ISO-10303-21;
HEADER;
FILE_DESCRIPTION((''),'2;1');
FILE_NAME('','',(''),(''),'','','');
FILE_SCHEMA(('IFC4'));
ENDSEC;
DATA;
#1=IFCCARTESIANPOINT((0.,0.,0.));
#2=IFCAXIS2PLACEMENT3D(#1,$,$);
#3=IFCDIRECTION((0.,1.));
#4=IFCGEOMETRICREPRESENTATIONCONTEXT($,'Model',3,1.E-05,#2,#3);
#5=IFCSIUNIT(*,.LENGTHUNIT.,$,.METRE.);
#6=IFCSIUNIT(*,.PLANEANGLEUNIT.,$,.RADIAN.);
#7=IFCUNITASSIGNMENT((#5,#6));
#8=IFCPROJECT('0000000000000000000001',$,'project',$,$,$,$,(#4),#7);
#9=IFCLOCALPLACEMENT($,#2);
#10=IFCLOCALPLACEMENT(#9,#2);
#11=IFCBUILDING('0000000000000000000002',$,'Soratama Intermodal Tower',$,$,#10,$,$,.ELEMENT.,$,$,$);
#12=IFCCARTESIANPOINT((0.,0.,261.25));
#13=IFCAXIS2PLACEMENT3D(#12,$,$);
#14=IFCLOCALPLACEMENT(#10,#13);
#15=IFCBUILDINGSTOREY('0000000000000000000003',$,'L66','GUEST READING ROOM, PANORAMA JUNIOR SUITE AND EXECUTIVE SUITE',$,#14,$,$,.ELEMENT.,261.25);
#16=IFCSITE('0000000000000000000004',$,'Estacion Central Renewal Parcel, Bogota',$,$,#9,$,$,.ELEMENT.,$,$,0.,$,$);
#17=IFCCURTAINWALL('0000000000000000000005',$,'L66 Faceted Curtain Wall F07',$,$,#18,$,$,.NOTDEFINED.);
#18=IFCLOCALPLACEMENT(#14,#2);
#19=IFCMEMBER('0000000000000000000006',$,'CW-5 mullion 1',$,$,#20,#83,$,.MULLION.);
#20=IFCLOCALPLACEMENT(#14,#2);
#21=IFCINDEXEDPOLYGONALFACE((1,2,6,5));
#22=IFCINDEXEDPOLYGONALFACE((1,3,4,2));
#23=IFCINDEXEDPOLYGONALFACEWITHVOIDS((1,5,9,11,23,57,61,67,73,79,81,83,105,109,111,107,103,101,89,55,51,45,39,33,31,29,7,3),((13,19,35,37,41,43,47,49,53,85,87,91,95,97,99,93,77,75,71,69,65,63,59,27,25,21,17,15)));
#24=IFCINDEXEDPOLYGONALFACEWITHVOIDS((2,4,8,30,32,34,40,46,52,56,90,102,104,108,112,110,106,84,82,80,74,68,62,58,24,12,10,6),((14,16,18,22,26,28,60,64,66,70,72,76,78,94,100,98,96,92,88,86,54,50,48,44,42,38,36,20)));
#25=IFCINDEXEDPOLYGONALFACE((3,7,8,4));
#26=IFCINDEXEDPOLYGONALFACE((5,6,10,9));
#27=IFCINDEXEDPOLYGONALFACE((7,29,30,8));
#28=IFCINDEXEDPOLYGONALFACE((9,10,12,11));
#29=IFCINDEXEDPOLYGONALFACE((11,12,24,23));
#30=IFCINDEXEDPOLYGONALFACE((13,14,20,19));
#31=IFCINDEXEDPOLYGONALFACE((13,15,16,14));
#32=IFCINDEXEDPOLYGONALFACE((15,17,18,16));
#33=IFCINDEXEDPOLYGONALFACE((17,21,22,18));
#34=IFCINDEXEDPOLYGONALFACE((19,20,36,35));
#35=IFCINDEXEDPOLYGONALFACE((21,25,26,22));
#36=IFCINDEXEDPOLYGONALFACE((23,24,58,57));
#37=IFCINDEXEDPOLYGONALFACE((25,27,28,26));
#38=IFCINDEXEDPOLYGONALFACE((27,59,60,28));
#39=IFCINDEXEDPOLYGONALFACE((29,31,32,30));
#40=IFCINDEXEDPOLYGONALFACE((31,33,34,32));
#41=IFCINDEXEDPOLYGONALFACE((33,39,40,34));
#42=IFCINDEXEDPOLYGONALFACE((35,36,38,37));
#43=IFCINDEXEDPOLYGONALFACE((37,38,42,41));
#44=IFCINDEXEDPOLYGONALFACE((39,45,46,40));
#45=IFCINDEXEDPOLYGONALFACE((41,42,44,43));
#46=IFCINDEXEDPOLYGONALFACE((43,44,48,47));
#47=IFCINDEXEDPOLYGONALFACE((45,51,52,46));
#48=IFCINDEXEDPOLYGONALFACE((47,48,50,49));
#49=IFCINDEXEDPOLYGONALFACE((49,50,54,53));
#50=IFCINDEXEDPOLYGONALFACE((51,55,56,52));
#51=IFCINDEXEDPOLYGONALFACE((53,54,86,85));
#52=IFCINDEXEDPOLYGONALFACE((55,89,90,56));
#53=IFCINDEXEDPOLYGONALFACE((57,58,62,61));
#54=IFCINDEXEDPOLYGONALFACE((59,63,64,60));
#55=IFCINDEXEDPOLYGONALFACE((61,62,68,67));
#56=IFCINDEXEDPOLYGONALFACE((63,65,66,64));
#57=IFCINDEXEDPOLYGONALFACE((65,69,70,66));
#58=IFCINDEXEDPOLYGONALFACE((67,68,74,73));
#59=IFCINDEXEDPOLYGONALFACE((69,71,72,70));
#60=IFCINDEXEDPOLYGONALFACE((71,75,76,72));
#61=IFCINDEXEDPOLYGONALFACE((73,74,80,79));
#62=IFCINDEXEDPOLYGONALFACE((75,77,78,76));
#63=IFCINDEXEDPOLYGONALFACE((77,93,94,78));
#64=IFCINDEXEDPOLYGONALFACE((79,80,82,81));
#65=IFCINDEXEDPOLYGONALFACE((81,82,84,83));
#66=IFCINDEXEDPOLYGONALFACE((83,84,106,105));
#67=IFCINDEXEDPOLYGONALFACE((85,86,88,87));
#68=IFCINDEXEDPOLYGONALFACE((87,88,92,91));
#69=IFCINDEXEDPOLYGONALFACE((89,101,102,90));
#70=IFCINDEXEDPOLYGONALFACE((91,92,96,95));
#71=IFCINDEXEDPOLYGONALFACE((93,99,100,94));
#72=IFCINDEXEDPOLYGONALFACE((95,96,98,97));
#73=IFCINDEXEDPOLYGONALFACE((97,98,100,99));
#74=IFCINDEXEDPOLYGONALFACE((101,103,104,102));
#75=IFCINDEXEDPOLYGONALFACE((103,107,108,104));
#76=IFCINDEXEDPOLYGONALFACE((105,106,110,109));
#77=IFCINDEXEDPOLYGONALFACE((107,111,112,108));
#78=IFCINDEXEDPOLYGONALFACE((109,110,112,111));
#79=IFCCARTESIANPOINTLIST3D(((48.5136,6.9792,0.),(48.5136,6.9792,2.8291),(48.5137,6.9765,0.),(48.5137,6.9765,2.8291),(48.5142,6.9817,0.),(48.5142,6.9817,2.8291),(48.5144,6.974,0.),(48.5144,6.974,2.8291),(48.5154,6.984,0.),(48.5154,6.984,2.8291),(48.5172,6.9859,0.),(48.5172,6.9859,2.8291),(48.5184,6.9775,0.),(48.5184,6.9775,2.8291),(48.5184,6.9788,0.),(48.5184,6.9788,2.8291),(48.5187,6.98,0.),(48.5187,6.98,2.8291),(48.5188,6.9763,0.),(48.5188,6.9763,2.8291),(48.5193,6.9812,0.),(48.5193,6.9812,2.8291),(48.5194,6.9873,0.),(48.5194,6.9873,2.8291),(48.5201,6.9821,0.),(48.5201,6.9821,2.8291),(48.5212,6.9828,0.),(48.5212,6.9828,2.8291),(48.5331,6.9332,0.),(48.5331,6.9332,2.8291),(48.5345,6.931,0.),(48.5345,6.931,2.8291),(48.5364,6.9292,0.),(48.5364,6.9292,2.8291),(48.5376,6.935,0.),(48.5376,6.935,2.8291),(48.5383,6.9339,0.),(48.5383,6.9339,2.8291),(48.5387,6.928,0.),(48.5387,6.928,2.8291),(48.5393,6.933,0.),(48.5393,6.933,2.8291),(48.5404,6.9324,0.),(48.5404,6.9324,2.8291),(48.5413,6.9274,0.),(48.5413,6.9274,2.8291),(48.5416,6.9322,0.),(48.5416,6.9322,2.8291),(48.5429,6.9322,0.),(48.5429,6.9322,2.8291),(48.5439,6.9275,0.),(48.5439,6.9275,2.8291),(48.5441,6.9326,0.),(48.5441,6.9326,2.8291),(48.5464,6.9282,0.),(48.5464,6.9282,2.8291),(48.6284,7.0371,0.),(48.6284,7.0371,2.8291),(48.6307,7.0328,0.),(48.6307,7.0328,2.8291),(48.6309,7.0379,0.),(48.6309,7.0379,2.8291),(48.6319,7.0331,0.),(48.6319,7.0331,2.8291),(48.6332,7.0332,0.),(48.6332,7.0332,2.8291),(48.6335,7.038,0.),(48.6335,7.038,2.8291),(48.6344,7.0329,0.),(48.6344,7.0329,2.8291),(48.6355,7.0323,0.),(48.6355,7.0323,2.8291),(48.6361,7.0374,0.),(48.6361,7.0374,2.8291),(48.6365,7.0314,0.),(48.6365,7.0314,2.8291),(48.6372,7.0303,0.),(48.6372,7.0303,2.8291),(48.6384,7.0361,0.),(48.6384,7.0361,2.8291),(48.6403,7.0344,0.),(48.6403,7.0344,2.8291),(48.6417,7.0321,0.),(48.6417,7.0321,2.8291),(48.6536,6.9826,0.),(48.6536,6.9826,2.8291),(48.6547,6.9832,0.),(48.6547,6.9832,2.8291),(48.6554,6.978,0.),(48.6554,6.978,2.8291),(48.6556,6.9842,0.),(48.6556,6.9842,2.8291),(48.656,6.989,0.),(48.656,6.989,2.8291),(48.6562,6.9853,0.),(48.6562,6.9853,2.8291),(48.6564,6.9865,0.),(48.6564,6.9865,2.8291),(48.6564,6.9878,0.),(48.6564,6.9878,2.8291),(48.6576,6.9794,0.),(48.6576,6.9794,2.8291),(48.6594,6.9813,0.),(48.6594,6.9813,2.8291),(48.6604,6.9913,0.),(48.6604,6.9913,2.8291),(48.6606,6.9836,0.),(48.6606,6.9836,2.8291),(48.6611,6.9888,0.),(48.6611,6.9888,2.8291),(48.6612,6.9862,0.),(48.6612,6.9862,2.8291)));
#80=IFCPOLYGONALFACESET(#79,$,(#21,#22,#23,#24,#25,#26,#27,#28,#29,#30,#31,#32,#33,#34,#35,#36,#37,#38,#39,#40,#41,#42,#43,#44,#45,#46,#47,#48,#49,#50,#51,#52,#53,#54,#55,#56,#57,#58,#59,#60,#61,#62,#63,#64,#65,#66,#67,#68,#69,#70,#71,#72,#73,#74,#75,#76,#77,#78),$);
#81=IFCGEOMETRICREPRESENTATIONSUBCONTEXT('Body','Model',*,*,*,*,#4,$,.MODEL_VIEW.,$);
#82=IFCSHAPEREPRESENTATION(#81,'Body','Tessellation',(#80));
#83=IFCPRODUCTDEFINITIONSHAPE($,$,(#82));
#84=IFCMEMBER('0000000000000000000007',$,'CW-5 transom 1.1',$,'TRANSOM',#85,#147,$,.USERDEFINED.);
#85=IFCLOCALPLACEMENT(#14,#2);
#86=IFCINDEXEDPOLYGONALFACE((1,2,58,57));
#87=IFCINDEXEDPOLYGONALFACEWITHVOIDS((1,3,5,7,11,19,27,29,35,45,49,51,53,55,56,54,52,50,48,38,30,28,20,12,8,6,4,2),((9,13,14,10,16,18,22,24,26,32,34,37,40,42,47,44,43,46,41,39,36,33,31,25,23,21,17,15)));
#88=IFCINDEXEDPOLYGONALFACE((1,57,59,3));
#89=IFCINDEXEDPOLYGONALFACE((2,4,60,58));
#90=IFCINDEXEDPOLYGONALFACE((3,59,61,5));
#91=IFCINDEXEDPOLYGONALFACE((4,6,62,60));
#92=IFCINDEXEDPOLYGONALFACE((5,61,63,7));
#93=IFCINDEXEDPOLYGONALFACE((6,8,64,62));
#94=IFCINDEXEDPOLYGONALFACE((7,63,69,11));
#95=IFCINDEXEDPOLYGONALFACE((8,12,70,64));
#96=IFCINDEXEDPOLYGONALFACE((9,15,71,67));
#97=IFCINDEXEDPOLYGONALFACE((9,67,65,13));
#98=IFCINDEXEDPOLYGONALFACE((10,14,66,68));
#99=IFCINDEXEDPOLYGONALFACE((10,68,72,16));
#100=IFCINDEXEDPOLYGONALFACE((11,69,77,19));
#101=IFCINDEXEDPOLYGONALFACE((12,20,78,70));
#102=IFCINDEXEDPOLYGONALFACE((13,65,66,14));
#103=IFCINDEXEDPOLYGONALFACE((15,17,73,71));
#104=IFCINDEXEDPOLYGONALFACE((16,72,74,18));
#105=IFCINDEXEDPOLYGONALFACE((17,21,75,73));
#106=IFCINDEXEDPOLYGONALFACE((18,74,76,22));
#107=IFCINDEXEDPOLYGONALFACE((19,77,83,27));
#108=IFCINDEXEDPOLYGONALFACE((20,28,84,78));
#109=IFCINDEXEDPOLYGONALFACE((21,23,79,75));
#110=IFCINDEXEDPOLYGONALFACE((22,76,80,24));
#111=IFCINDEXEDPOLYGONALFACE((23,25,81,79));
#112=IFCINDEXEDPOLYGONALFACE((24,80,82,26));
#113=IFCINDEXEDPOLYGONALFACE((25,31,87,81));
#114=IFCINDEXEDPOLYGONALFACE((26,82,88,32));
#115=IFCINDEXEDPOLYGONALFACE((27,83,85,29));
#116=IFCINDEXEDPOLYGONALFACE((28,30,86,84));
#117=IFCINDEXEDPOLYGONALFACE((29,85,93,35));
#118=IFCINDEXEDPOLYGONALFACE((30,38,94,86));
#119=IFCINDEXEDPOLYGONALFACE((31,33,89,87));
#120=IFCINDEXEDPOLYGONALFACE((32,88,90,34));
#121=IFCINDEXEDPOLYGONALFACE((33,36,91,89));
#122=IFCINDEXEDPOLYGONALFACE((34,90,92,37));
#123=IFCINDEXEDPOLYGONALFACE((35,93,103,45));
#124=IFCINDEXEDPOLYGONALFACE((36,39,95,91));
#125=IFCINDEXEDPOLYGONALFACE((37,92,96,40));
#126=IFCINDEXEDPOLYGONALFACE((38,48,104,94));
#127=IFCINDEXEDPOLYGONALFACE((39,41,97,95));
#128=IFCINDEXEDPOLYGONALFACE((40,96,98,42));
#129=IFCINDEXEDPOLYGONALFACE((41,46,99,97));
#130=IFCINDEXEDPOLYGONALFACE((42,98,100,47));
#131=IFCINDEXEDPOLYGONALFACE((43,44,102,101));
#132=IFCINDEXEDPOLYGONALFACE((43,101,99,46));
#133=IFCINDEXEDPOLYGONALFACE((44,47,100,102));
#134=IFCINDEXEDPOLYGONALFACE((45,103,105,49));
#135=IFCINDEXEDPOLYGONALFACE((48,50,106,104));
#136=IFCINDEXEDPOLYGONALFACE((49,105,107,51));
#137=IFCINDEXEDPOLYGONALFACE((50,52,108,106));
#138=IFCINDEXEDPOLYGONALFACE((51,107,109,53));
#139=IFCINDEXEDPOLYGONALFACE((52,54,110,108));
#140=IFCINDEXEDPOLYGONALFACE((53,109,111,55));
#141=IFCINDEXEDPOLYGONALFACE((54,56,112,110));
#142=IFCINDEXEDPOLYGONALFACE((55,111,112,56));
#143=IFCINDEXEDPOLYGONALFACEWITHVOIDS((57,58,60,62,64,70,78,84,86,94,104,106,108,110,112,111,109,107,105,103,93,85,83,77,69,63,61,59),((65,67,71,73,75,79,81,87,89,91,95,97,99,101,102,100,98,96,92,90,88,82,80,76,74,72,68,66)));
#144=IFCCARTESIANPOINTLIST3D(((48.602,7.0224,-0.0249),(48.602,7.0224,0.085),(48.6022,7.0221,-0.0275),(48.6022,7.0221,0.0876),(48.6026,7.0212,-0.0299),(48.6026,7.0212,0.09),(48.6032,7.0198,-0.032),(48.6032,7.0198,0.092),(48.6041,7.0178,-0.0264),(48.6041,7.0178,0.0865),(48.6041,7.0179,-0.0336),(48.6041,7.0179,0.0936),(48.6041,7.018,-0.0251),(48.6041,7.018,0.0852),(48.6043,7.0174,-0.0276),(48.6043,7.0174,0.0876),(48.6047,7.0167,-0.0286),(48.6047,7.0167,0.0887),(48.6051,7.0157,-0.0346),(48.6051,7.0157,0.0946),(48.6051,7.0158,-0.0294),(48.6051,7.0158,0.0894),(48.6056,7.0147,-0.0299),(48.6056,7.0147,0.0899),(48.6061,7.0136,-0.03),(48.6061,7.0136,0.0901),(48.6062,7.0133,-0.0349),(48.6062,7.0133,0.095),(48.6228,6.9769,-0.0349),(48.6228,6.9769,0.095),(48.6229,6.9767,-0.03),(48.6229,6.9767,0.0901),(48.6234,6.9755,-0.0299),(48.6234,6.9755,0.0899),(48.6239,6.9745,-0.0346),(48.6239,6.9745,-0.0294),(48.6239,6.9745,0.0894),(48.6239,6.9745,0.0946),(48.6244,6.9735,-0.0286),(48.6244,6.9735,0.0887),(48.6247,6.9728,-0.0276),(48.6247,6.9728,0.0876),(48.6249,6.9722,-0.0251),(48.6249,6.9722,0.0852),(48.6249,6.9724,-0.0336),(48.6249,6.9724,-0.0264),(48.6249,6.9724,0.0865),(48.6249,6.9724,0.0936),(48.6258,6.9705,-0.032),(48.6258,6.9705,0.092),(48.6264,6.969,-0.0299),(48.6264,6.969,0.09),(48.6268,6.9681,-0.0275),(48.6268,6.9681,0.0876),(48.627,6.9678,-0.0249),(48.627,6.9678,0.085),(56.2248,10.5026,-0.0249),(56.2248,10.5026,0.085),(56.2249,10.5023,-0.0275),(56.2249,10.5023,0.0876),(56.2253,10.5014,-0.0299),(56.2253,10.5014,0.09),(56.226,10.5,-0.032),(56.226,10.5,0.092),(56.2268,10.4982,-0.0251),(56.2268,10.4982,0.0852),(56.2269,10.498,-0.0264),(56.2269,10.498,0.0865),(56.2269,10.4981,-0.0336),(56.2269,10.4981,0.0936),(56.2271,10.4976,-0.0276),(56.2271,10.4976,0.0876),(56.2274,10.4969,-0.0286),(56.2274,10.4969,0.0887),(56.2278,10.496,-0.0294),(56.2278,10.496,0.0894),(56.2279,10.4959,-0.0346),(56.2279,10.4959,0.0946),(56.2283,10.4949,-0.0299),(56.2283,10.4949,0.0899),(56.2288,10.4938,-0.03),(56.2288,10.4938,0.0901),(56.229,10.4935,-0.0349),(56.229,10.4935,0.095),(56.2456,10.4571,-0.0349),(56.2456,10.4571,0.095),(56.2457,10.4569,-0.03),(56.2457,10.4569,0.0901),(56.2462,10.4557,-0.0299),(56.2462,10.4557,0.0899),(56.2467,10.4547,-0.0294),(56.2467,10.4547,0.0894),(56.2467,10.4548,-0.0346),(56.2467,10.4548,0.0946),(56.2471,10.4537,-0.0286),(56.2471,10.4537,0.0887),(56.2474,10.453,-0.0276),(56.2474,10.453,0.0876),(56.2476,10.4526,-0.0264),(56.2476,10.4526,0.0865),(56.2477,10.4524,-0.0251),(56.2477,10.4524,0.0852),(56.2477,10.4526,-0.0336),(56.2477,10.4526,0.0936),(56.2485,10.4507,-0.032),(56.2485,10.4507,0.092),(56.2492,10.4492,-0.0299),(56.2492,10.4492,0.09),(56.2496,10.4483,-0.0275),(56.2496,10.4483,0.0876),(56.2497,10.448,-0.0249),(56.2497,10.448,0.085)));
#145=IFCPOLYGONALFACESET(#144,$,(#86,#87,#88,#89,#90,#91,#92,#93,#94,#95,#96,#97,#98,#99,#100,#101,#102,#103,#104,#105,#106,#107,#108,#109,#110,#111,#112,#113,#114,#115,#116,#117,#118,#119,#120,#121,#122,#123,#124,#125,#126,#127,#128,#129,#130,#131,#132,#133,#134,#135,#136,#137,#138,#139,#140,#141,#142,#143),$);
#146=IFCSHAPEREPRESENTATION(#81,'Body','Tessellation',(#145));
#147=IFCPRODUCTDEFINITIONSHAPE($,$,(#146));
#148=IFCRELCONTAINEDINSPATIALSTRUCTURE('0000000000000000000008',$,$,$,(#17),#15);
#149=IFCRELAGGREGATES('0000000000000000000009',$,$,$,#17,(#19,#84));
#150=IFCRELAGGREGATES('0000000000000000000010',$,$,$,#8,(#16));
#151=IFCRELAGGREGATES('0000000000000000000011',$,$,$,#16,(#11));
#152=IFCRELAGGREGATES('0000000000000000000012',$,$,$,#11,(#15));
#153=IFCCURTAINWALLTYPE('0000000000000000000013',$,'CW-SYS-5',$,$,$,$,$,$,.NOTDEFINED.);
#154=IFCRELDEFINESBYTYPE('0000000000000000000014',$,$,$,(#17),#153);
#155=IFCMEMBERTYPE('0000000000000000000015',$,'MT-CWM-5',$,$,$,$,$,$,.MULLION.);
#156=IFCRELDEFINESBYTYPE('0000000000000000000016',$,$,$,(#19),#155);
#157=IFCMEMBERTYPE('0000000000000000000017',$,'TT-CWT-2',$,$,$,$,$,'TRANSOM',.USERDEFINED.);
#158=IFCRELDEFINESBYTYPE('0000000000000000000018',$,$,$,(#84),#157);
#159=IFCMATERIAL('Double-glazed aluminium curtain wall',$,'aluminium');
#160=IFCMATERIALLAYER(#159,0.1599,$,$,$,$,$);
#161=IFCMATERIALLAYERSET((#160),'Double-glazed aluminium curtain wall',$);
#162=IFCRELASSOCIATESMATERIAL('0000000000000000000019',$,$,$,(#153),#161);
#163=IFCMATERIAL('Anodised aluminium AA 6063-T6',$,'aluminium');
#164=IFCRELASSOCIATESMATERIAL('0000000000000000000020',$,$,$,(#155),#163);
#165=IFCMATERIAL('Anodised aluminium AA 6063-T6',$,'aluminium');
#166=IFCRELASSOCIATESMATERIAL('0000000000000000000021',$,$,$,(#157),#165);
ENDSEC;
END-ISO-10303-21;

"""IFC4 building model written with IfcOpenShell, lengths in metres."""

from ifc_helpers import new_model, si_unit, direction, frame, origin, origin_2d, place, context, subcontext, project, spatial, hollow_rectangle, extrude, material, layer, layer_set, material_profile, profile_set, type_object, element, aggregate, save


model = new_model("IFC4")

# Units and contexts
model_context = context("Model", 3, precision=1e-05, world=origin(), true_north=direction((0.0, 1.0)))
body_context = subcontext(model_context, "Body", "Model", "MODEL_VIEW")
ifc_project = project(units=[si_unit("LENGTHUNIT", "METRE"), si_unit("PLANEANGLEUNIT", "RADIAN")], contexts=[model_context])

# Site, building, storey
site_placement = place(None, origin())
site = spatial("IfcSite", under=ifc_project, at=site_placement, Name="Estacion Central Renewal Parcel, Bogota", CompositionType="ELEMENT", RefElevation=0.0)
building_placement = place(site_placement, origin())
building = spatial("IfcBuilding", under=site, at=building_placement, Name="Soratama Intermodal Tower", CompositionType="ELEMENT")
storey_placement = place(building_placement, frame((0.0, 0.0, 261.25)))
storey = spatial("IfcBuildingStorey", under=building, at=storey_placement, Name="L66", Description="GUEST READING ROOM, PANORAMA JUNIOR SUITE AND EXECUTIVE SUITE", CompositionType="ELEMENT", Elevation=261.25)

# Curtain wall, members
ifc_material_1 = material(Name="Double-glazed aluminium curtain wall", Category="aluminium")
ifc_layer_1 = layer(ifc_material_1, 0.1599)
ifc_layer_set_1 = layer_set([ifc_layer_1], Name="Double-glazed aluminium curtain wall")
curtain_wall_type = type_object("IfcCurtainWallType", Name="CW-SYS-5", PredefinedType="NOTDEFINED", material=ifc_layer_set_1)
curtain_wall_placement = place(storey_placement, origin())
curtain_wall = element("IfcCurtainWall", 1, at=curtain_wall_placement, inside=storey, type_object=curtain_wall_type, Name="L66 Faceted Curtain Wall F07", PredefinedType="NOTDEFINED")
ifc_material_2 = material(Name="Anodised aluminium AA 6063-T6", Category="aluminium")
ifc_material_profile_1 = material_profile(ifc_material_2, hollow_rectangle(XDim=0.0649, YDim=0.1399, WallThickness=0.0049, InnerFilletRadius=0.0049, OuterFilletRadius=0.01, at=origin_2d()), Name="CWM140X65X5")
ifc_profile_set_1 = profile_set([ifc_material_profile_1], Name="Anodised aluminium AA 6063-T6")
member_type_1 = type_object("IfcMemberType", Name="MT-CWM-5", PredefinedType="MULLION", material=ifc_profile_set_1)
member_1_placement = place(storey_placement, frame((48.5874, 6.9827, 0.0), z_axis=(0.0, 0.0, 1.0), x_axis=(-0.415329, 0.909671, 0.0)))
member_1 = element("IfcMember", 2, at=member_1_placement, type_object=member_type_1, Name="CW-5 mullion 1", PredefinedType="MULLION", context=body_context, shape_type="SweptSolid", body=[
    extrude(hollow_rectangle(XDim=0.0649, YDim=0.1399, WallThickness=0.0049, InnerFilletRadius=0.0049, OuterFilletRadius=0.01, at=origin_2d()), origin(), (0.0, 0.0, 1.0), 2.8291),
])
ifc_material_3 = material(Name="Anodised aluminium AA 6063-T6", Category="aluminium")
ifc_material_profile_2 = material_profile(ifc_material_3, hollow_rectangle(XDim=0.0601, YDim=0.1299, WallThickness=0.0049, InnerFilletRadius=0.0049, OuterFilletRadius=0.01, at=origin_2d()), Name="CWT130X60X5")
ifc_profile_set_2 = profile_set([ifc_material_profile_2], Name="Anodised aluminium AA 6063-T6")
member_type_2 = type_object("IfcMemberType", Name="TT-CWT-2", ElementType="TRANSOM", PredefinedType="USERDEFINED", material=ifc_profile_set_2)
member_2_placement = place(storey_placement, frame((48.6145, 6.9951, 0.03), z_axis=(0.909677, 0.415317, 0.0), x_axis=(-0.415317, 0.909677, 0.0)))
member_2 = element("IfcMember", 3, at=member_2_placement, type_object=member_type_2, Name="CW-5 transom 1.1", ObjectType="TRANSOM", PredefinedType="USERDEFINED", context=body_context, shape_type="SweptSolid", body=[
    extrude(hollow_rectangle(XDim=0.0601, YDim=0.1299, WallThickness=0.0049, InnerFilletRadius=0.0049, OuterFilletRadius=0.01, at=origin_2d()), origin(), (0.0, 0.0, 1.0), 8.3796),
])
aggregate(curtain_wall, [member_1, member_2])

save(model, "model.ifc")
